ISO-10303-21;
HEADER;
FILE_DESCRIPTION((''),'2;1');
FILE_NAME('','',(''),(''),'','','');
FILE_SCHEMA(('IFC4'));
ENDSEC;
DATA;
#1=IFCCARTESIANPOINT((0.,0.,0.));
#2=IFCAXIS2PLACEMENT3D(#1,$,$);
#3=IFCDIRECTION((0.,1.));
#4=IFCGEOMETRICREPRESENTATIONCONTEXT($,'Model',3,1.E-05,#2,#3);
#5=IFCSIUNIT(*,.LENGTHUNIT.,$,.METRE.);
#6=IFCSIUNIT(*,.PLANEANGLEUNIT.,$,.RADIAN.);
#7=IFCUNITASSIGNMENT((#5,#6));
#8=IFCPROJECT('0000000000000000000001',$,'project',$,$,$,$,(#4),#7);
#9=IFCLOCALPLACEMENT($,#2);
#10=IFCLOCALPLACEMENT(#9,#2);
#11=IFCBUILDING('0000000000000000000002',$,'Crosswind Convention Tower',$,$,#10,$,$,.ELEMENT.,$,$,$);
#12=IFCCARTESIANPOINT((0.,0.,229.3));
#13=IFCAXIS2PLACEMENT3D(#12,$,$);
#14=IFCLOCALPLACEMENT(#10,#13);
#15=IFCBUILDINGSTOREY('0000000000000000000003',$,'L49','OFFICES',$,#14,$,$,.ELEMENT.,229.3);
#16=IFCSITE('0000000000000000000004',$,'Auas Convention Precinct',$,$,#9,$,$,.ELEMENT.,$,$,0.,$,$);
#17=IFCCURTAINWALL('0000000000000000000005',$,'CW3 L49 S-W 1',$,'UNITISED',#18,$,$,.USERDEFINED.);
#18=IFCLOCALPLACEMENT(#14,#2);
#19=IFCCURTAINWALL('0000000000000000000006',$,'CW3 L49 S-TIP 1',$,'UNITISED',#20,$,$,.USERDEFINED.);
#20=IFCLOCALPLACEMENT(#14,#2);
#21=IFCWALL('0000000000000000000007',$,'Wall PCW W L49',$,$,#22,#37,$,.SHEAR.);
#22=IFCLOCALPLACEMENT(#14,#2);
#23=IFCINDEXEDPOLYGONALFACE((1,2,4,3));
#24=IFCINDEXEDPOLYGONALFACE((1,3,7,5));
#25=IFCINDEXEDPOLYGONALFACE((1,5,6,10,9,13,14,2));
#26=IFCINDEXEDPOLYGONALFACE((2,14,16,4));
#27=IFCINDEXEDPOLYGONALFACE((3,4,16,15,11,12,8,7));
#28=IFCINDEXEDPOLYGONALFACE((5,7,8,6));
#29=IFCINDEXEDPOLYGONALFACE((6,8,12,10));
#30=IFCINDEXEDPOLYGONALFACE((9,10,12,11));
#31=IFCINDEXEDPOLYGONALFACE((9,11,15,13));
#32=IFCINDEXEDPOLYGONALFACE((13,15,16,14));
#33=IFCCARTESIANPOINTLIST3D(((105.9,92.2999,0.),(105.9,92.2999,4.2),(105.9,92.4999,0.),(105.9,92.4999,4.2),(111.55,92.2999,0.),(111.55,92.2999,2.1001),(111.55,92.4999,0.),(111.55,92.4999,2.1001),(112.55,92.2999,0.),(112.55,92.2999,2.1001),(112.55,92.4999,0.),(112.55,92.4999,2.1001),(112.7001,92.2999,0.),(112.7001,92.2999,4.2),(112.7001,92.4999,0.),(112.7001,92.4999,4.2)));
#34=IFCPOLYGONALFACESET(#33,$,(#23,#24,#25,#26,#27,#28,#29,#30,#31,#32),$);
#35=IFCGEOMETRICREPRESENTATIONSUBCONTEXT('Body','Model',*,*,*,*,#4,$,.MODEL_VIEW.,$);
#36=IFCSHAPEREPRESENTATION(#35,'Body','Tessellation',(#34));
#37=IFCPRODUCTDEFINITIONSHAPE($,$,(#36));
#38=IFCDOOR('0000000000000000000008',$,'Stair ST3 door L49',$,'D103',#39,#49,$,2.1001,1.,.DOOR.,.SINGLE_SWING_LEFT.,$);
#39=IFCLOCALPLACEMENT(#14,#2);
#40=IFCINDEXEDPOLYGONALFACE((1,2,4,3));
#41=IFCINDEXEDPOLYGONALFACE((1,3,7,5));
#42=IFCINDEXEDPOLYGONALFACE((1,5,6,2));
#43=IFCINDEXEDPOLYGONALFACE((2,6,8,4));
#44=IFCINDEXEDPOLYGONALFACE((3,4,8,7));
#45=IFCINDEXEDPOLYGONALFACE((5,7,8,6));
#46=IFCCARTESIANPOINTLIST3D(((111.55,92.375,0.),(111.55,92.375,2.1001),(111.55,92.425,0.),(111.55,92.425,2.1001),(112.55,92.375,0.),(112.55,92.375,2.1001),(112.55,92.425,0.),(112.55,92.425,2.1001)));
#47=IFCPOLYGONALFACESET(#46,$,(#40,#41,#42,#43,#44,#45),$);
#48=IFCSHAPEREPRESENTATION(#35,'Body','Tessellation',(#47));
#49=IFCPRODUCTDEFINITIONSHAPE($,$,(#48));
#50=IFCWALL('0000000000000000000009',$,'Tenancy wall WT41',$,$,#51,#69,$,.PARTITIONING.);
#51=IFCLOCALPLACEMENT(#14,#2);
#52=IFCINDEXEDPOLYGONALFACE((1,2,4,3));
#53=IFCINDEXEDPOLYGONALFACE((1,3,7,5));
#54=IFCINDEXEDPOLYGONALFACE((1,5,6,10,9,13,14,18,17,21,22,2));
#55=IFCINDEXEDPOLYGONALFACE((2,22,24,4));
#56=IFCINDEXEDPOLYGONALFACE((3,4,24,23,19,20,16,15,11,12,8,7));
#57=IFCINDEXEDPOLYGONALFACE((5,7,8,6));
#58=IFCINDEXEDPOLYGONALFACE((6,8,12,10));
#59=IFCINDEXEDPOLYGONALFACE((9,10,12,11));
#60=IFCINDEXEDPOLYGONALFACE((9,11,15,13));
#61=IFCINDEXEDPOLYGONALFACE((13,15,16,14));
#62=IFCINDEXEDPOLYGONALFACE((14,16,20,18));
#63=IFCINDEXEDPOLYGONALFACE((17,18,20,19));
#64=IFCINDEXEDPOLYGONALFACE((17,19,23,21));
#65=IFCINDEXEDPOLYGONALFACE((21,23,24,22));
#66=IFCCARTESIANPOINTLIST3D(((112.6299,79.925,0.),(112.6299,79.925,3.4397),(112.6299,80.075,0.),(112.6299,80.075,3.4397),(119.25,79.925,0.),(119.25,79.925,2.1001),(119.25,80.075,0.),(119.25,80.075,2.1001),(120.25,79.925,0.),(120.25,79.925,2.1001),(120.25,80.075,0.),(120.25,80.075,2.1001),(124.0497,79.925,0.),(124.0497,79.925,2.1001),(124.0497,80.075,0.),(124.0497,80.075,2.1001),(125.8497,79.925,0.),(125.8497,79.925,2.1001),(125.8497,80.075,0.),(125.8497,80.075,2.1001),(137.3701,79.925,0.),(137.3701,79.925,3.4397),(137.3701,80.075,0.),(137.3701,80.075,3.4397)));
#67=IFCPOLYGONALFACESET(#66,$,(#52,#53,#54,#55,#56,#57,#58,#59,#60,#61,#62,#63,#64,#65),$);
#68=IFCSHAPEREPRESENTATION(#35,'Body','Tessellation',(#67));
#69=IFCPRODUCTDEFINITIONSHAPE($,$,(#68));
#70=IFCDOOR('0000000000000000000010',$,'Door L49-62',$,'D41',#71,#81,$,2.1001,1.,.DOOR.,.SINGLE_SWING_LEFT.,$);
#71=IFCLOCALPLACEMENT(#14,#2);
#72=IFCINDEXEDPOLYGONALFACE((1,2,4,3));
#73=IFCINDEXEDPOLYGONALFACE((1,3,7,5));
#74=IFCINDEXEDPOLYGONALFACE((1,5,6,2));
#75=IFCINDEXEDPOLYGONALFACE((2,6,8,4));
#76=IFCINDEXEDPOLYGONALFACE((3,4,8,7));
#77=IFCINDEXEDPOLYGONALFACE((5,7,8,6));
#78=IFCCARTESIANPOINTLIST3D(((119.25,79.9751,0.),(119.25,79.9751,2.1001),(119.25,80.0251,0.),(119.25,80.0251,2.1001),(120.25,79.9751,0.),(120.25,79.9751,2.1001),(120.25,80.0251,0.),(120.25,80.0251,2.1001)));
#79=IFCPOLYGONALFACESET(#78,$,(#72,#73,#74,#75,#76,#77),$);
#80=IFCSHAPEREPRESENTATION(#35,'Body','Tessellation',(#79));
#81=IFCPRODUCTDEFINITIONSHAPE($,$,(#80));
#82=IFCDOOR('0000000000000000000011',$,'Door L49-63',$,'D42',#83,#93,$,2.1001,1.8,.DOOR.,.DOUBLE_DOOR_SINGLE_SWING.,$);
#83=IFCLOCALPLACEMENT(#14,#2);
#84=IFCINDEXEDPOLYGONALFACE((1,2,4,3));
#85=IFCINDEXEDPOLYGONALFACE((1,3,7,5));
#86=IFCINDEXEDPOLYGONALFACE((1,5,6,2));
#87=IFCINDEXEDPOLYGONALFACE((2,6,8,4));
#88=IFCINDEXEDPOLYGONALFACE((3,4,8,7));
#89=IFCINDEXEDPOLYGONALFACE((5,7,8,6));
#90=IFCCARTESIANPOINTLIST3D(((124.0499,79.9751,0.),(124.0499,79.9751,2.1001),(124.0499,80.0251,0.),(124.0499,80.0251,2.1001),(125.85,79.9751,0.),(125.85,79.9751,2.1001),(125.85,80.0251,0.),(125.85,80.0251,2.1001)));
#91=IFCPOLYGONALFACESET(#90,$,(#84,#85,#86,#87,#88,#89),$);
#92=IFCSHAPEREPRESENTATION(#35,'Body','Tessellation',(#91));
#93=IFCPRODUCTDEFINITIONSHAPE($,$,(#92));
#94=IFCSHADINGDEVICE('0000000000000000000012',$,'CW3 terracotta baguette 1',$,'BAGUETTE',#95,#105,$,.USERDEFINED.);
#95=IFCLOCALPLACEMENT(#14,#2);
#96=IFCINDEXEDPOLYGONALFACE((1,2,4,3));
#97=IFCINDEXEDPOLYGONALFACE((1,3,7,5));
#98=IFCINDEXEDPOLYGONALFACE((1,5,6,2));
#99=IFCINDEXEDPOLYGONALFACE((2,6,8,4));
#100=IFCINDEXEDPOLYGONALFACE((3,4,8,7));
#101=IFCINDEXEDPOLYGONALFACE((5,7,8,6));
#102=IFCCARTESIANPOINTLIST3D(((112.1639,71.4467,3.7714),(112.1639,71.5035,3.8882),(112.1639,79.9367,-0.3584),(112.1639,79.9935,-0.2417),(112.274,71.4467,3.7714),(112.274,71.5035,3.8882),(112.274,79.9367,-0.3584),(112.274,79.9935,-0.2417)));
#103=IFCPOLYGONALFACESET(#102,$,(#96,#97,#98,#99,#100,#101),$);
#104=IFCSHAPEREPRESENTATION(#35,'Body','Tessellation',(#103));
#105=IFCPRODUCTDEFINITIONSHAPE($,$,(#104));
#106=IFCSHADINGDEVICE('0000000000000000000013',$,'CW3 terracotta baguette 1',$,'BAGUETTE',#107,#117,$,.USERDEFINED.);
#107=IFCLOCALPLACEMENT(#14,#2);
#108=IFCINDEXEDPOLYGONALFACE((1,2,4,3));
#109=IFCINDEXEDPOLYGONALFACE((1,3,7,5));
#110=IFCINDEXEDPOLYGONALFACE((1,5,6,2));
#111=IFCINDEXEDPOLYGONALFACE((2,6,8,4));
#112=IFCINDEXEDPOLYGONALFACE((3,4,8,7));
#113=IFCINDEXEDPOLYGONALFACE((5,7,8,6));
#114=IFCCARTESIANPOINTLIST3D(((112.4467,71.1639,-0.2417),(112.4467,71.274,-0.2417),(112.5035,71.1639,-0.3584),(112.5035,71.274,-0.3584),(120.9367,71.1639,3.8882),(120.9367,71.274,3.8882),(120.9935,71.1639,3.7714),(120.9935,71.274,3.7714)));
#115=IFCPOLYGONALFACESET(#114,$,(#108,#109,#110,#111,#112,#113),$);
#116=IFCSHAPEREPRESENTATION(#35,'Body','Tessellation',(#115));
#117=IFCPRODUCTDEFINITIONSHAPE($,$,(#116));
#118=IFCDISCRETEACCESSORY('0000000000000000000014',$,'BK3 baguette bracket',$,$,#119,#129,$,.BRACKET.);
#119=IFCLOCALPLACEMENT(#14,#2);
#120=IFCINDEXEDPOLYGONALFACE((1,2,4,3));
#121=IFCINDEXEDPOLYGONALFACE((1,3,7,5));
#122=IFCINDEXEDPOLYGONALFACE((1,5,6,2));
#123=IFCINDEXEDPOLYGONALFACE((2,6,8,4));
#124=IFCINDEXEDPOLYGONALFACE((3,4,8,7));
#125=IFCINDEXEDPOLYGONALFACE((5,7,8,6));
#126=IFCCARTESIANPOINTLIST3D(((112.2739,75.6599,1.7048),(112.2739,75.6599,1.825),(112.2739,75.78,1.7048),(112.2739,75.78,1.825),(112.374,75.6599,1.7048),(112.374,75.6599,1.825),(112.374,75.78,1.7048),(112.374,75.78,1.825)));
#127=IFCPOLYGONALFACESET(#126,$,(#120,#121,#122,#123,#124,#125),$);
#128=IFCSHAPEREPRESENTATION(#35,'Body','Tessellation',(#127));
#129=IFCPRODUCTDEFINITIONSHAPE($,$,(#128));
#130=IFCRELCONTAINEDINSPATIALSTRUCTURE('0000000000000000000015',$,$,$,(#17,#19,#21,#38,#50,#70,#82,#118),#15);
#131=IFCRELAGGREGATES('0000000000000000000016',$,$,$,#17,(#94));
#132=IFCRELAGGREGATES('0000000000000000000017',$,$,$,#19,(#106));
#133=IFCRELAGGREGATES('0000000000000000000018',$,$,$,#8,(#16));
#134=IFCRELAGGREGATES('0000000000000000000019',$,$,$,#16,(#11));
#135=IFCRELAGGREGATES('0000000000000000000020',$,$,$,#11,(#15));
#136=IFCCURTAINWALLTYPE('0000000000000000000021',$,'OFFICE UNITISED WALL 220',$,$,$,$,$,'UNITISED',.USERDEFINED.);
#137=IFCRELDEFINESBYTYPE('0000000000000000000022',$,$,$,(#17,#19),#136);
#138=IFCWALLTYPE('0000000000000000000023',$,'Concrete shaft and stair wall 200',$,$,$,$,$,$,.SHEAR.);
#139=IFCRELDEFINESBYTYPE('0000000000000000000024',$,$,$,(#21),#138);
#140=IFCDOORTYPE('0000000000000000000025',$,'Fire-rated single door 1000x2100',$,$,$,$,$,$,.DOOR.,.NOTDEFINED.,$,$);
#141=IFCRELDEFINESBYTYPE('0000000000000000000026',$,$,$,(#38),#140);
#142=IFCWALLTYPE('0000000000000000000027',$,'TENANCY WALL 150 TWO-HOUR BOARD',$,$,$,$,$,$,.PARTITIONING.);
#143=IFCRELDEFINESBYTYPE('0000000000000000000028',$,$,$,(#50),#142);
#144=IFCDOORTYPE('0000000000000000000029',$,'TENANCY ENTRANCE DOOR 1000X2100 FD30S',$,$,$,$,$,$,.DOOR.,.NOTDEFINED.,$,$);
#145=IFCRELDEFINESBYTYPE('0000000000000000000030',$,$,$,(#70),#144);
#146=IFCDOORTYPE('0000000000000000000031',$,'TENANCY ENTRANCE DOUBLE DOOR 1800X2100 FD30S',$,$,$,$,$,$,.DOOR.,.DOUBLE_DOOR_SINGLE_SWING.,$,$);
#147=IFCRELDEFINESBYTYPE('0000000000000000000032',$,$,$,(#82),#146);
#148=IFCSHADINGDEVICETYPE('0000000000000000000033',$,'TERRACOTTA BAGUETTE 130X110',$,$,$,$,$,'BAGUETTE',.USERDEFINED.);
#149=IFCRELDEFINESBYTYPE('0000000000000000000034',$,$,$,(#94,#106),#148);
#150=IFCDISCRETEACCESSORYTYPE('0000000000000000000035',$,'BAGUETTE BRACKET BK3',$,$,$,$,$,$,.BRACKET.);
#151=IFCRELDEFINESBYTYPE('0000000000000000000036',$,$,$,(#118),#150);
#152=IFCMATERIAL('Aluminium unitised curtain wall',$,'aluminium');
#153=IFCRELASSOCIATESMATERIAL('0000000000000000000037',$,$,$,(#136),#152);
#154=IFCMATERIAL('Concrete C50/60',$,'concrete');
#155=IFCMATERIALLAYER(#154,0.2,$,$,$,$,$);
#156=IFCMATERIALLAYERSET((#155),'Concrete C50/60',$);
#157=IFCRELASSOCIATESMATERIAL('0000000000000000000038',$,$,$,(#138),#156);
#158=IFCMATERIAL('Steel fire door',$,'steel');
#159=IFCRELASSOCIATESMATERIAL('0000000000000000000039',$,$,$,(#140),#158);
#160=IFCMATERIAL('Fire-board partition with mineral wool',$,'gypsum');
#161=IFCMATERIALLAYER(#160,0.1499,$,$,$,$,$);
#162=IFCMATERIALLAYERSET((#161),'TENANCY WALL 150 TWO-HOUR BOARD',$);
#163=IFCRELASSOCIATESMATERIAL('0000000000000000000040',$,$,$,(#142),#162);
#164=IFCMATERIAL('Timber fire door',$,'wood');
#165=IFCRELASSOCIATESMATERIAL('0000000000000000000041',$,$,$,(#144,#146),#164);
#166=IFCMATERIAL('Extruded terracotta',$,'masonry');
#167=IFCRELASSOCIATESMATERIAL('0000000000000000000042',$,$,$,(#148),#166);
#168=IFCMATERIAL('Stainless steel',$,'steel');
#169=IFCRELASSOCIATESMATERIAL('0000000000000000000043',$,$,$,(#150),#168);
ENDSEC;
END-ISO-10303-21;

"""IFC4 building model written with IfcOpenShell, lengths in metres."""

from ifc_helpers import new_model, si_unit, direction, frame, frame_2d, origin, origin_2d, place, context, subcontext, project, spatial, rectangle, extrude, material, layer, layer_set, material_profile, profile_set, type_object, element, fill, aggregate, save


model = new_model("IFC4")

# Units and contexts
model_context = context("Model", 3, precision=1e-05, world=origin(), true_north=direction((0.0, 1.0)))
body_context = subcontext(model_context, "Body", "Model", "MODEL_VIEW")
ifc_project = project(units=[si_unit("LENGTHUNIT", "METRE"), si_unit("PLANEANGLEUNIT", "RADIAN")], contexts=[model_context])

# Site, building, storey
site_placement = place(None, origin())
site = spatial("IfcSite", under=ifc_project, at=site_placement, Name="Auas Convention Precinct", CompositionType="ELEMENT", RefElevation=0.0)
building_placement = place(site_placement, origin())
building = spatial("IfcBuilding", under=site, at=building_placement, Name="Crosswind Convention Tower", CompositionType="ELEMENT")
storey_placement = place(building_placement, frame((0.0, 0.0, 229.3)))
storey = spatial("IfcBuildingStorey", under=building, at=storey_placement, Name="L49", Description="OFFICES", CompositionType="ELEMENT", Elevation=229.3)

# Curtain wall
ifc_material_1 = material(Name="Aluminium unitised curtain wall", Category="aluminium")
curtain_wall_type_1 = type_object("IfcCurtainWallType", Name="OFFICE UNITISED WALL 220", ElementType="UNITISED", PredefinedType="USERDEFINED", material=ifc_material_1)
curtain_wall_1_placement = place(storey_placement, origin())
curtain_wall_1 = element("IfcCurtainWall", 1, at=curtain_wall_1_placement, inside=storey, type_object=curtain_wall_type_1, Name="CW3 L49 S-W 1", ObjectType="UNITISED", PredefinedType="USERDEFINED")

# Curtain wall
curtain_wall_2_placement = place(storey_placement, origin())
curtain_wall_2 = element("IfcCurtainWall", 2, at=curtain_wall_2_placement, inside=storey, type_object=curtain_wall_type_1, Name="CW3 L49 S-TIP 1", ObjectType="UNITISED", PredefinedType="USERDEFINED")

# Wall, opening, door
ifc_material_2 = material(Name="Concrete C50/60", Category="concrete")
ifc_layer_1 = layer(ifc_material_2, 0.2)
ifc_layer_set_1 = layer_set([ifc_layer_1], Name="Concrete C50/60")
wall_type_1 = type_object("IfcWallType", Name="Concrete shaft and stair wall 200", PredefinedType="SHEAR", material=ifc_layer_set_1)
ifc_material_3 = material(Name="Steel fire door", Category="steel")
wall_1_placement = place(storey_placement, frame((112.7, 92.3999, 0.0), z_axis=(0.0, 0.0, 1.0), x_axis=(-1.0, 0.0, 0.0)))
wall_1 = element("IfcWall", 3, at=wall_1_placement, inside=storey, type_object=wall_type_1, Name="Wall PCW W L49", PredefinedType="SHEAR", context=body_context, shape_type="SweptSolid", body=[
    extrude(rectangle(XDim=6.8, YDim=0.2, at=frame_2d((3.3999, 0.0))), origin(), (0.0, 0.0, 1.0), 4.2),
])
opening_1_placement = place(wall_1_placement, frame((0.1499, 0.0, 0.0)))
opening_1 = element("IfcOpeningElement", 4, at=opening_1_placement, cuts=wall_1, PredefinedType="OPENING", context=body_context, shape_type="SweptSolid", body=[
    extrude(rectangle(XDim=1.0, YDim=2.1001, at=frame_2d((0.5, 1.05))), frame((0.0, 0.1099, 0.0), z_axis=(0.0, -1.0, 0.0), x_axis=(1.0, 0.0, 0.0)), (0.0, 0.0, 1.0), 0.22),
])
door_type_1 = type_object("IfcDoorType", Name="Fire-rated single door 1000x2100", OperationType="NOTDEFINED", PredefinedType="DOOR", material=ifc_material_3)
door_1_placement = place(opening_1_placement, origin())
door_1 = element("IfcDoor", 5, at=door_1_placement, inside=storey, type_object=door_type_1, Name="Stair ST3 door L49", ObjectType="D103", OperationType="SINGLE_SWING_LEFT", OverallHeight=2.1001, OverallWidth=1.0, PredefinedType="DOOR", context=body_context, shape_type="SweptSolid", body=[
    extrude(rectangle(XDim=1.0, YDim=2.1001, at=frame_2d((0.5, 1.05))), frame((0.0, 0.0249, 0.0), z_axis=(0.0, -1.0, 0.0), x_axis=(1.0, 0.0, 0.0)), (0.0, 0.0, 1.0), 0.05),
])
fill(opening_1, door_1)

# Wall, openings, doors
ifc_material_4 = material(Name="Fire-board partition with mineral wool", Category="gypsum")
ifc_layer_2 = layer(ifc_material_4, 0.1499)
ifc_layer_set_2 = layer_set([ifc_layer_2], Name="TENANCY WALL 150 TWO-HOUR BOARD")
wall_type_2 = type_object("IfcWallType", Name="TENANCY WALL 150 TWO-HOUR BOARD", PredefinedType="PARTITIONING", material=ifc_layer_set_2)
wall_2_placement = place(storey_placement, frame((112.6299, 80.0, 0.0), z_axis=(0.0, 0.0, 1.0), x_axis=(1.0, 0.0, 0.0)))
wall_2 = element("IfcWall", 6, at=wall_2_placement, inside=storey, type_object=wall_type_2, Name="Tenancy wall WT41", PredefinedType="PARTITIONING", context=body_context, shape_type="SweptSolid", body=[
    extrude(rectangle(XDim=24.7402, YDim=0.1499, at=frame_2d((12.3701, 0.0))), origin(), (0.0, 0.0, 1.0), 3.4397),
])
opening_2_placement = place(wall_2_placement, frame((6.6201, 0.0, 0.0)))
opening_2 = element("IfcOpeningElement", 7, at=opening_2_placement, cuts=wall_2, PredefinedType="OPENING", context=body_context, shape_type="SweptSolid", body=[
    extrude(rectangle(XDim=1.0, YDim=2.1001, at=frame_2d((0.5, 1.05))), frame((0.0, 0.085, 0.0), z_axis=(0.0, -1.0, 0.0), x_axis=(1.0, 0.0, 0.0)), (0.0, 0.0, 1.0), 0.1699),
])
opening_3_placement = place(wall_2_placement, frame((11.4199, 0.0, 0.0)))
opening_3 = element("IfcOpeningElement", 8, at=opening_3_placement, cuts=wall_2, PredefinedType="OPENING", context=body_context, shape_type="SweptSolid", body=[
    extrude(rectangle(XDim=1.8, YDim=2.1001, at=frame_2d((0.8999, 1.05))), frame((0.0, 0.085, 0.0), z_axis=(0.0, -1.0, 0.0), x_axis=(1.0, 0.0, 0.0)), (0.0, 0.0, 1.0), 0.1699),
])
ifc_material_5 = material(Name="Timber fire door", Category="wood")
door_type_2 = type_object("IfcDoorType", Name="TENANCY ENTRANCE DOOR 1000X2100 FD30S", OperationType="NOTDEFINED", PredefinedType="DOOR", material=ifc_material_5)
door_2_placement = place(opening_2_placement, frame((1.0, 0.0, 0.0), z_axis=(0.0, 0.0, 1.0), x_axis=(-1.0, 0.0, 0.0)))
door_2 = element("IfcDoor", 9, at=door_2_placement, inside=storey, type_object=door_type_2, Name="Door L49-62", ObjectType="D41", OperationType="SINGLE_SWING_LEFT", OverallHeight=2.1001, OverallWidth=1.0, PredefinedType="DOOR", context=body_context, shape_type="SweptSolid", body=[
    extrude(rectangle(XDim=1.0, YDim=2.1001, at=frame_2d((0.5, 1.05))), frame((0.0, 0.0249, 0.0), z_axis=(0.0, -1.0, 0.0), x_axis=(1.0, 0.0, 0.0)), (0.0, 0.0, 1.0), 0.05),
])
fill(opening_2, door_2)
door_type_3 = type_object("IfcDoorType", Name="TENANCY ENTRANCE DOUBLE DOOR 1800X2100 FD30S", OperationType="DOUBLE_DOOR_SINGLE_SWING", PredefinedType="DOOR", material=ifc_material_5)
door_3_placement = place(opening_3_placement, frame((1.8, 0.0, 0.0), z_axis=(0.0, 0.0, 1.0), x_axis=(-1.0, 0.0, 0.0)))
door_3 = element("IfcDoor", 10, at=door_3_placement, inside=storey, type_object=door_type_3, Name="Door L49-63", ObjectType="D42", OperationType="DOUBLE_DOOR_SINGLE_SWING", OverallHeight=2.1001, OverallWidth=1.8, PredefinedType="DOOR", context=body_context, shape_type="SweptSolid", body=[
    extrude(rectangle(XDim=1.8, YDim=2.1001, at=frame_2d((0.8999, 1.05))), frame((0.0, 0.0249, 0.0), z_axis=(0.0, -1.0, 0.0), x_axis=(1.0, 0.0, 0.0)), (0.0, 0.0, 1.0), 0.05),
])
fill(opening_3, door_3)

# Shading devices
ifc_material_6 = material(Name="Extruded terracotta", Category="masonry")
ifc_material_profile_1 = material_profile(ifc_material_6, rectangle(XDim=0.1101, YDim=0.1299, at=origin_2d()), Name="TC 110X130")
ifc_profile_set_1 = profile_set([ifc_material_profile_1], Name="Extruded terracotta")
shading_device_type = type_object("IfcShadingDeviceType", Name="TERRACOTTA BAGUETTE 130X110", ElementType="BAGUETTE", PredefinedType="USERDEFINED", material=ifc_profile_set_1)
shading_device_1_placement = place(storey_placement, frame((112.219, 79.9651, -0.3), z_axis=(0.0, -0.899251, 0.437433), x_axis=(1.0, 0.0, 0.0)))
shading_device_1 = element("IfcShadingDevice", 11, at=shading_device_1_placement, type_object=shading_device_type, Name="CW3 terracotta baguette 1", ObjectType="BAGUETTE", PredefinedType="USERDEFINED", context=body_context, shape_type="SweptSolid", body=[
    extrude(rectangle(XDim=0.1101, YDim=0.1299, at=origin_2d()), origin(), (0.0, 0.0, 1.0), 9.4412),
])
aggregate(curtain_wall_1, [shading_device_1])
shading_device_2_placement = place(storey_placement, frame((112.4751, 71.219, -0.3), z_axis=(0.899251, 0.0, 0.437433), x_axis=(0.0, 1.0, 0.0)))
shading_device_2 = element("IfcShadingDevice", 12, at=shading_device_2_placement, type_object=shading_device_type, Name="CW3 terracotta baguette 1", ObjectType="BAGUETTE", PredefinedType="USERDEFINED", context=body_context, shape_type="SweptSolid", body=[
    extrude(rectangle(XDim=0.1101, YDim=0.1299, at=origin_2d()), origin(), (0.0, 0.0, 1.0), 9.4412),
])
aggregate(curtain_wall_2, [shading_device_2])

# Discrete accessory
ifc_material_7 = material(Name="Stainless steel", Category="steel")
discrete_accessory_type = type_object("IfcDiscreteAccessoryType", Name="BAGUETTE BRACKET BK3", PredefinedType="BRACKET", material=ifc_material_7)
discrete_accessory_placement = place(storey_placement, frame((112.324, 75.72, 1.7048), z_axis=(0.0, 0.0, 1.0), x_axis=(0.0, -1.0, 0.0)))
element("IfcDiscreteAccessory", 13, at=discrete_accessory_placement, inside=storey, type_object=discrete_accessory_type, Name="BK3 baguette bracket", PredefinedType="BRACKET", context=body_context, shape_type="SweptSolid", body=[
    extrude(rectangle(XDim=0.1201, YDim=0.1001, at=origin_2d()), origin(), (0.0, 0.0, 1.0), 0.1201),
])

save(model, "model.ifc")
